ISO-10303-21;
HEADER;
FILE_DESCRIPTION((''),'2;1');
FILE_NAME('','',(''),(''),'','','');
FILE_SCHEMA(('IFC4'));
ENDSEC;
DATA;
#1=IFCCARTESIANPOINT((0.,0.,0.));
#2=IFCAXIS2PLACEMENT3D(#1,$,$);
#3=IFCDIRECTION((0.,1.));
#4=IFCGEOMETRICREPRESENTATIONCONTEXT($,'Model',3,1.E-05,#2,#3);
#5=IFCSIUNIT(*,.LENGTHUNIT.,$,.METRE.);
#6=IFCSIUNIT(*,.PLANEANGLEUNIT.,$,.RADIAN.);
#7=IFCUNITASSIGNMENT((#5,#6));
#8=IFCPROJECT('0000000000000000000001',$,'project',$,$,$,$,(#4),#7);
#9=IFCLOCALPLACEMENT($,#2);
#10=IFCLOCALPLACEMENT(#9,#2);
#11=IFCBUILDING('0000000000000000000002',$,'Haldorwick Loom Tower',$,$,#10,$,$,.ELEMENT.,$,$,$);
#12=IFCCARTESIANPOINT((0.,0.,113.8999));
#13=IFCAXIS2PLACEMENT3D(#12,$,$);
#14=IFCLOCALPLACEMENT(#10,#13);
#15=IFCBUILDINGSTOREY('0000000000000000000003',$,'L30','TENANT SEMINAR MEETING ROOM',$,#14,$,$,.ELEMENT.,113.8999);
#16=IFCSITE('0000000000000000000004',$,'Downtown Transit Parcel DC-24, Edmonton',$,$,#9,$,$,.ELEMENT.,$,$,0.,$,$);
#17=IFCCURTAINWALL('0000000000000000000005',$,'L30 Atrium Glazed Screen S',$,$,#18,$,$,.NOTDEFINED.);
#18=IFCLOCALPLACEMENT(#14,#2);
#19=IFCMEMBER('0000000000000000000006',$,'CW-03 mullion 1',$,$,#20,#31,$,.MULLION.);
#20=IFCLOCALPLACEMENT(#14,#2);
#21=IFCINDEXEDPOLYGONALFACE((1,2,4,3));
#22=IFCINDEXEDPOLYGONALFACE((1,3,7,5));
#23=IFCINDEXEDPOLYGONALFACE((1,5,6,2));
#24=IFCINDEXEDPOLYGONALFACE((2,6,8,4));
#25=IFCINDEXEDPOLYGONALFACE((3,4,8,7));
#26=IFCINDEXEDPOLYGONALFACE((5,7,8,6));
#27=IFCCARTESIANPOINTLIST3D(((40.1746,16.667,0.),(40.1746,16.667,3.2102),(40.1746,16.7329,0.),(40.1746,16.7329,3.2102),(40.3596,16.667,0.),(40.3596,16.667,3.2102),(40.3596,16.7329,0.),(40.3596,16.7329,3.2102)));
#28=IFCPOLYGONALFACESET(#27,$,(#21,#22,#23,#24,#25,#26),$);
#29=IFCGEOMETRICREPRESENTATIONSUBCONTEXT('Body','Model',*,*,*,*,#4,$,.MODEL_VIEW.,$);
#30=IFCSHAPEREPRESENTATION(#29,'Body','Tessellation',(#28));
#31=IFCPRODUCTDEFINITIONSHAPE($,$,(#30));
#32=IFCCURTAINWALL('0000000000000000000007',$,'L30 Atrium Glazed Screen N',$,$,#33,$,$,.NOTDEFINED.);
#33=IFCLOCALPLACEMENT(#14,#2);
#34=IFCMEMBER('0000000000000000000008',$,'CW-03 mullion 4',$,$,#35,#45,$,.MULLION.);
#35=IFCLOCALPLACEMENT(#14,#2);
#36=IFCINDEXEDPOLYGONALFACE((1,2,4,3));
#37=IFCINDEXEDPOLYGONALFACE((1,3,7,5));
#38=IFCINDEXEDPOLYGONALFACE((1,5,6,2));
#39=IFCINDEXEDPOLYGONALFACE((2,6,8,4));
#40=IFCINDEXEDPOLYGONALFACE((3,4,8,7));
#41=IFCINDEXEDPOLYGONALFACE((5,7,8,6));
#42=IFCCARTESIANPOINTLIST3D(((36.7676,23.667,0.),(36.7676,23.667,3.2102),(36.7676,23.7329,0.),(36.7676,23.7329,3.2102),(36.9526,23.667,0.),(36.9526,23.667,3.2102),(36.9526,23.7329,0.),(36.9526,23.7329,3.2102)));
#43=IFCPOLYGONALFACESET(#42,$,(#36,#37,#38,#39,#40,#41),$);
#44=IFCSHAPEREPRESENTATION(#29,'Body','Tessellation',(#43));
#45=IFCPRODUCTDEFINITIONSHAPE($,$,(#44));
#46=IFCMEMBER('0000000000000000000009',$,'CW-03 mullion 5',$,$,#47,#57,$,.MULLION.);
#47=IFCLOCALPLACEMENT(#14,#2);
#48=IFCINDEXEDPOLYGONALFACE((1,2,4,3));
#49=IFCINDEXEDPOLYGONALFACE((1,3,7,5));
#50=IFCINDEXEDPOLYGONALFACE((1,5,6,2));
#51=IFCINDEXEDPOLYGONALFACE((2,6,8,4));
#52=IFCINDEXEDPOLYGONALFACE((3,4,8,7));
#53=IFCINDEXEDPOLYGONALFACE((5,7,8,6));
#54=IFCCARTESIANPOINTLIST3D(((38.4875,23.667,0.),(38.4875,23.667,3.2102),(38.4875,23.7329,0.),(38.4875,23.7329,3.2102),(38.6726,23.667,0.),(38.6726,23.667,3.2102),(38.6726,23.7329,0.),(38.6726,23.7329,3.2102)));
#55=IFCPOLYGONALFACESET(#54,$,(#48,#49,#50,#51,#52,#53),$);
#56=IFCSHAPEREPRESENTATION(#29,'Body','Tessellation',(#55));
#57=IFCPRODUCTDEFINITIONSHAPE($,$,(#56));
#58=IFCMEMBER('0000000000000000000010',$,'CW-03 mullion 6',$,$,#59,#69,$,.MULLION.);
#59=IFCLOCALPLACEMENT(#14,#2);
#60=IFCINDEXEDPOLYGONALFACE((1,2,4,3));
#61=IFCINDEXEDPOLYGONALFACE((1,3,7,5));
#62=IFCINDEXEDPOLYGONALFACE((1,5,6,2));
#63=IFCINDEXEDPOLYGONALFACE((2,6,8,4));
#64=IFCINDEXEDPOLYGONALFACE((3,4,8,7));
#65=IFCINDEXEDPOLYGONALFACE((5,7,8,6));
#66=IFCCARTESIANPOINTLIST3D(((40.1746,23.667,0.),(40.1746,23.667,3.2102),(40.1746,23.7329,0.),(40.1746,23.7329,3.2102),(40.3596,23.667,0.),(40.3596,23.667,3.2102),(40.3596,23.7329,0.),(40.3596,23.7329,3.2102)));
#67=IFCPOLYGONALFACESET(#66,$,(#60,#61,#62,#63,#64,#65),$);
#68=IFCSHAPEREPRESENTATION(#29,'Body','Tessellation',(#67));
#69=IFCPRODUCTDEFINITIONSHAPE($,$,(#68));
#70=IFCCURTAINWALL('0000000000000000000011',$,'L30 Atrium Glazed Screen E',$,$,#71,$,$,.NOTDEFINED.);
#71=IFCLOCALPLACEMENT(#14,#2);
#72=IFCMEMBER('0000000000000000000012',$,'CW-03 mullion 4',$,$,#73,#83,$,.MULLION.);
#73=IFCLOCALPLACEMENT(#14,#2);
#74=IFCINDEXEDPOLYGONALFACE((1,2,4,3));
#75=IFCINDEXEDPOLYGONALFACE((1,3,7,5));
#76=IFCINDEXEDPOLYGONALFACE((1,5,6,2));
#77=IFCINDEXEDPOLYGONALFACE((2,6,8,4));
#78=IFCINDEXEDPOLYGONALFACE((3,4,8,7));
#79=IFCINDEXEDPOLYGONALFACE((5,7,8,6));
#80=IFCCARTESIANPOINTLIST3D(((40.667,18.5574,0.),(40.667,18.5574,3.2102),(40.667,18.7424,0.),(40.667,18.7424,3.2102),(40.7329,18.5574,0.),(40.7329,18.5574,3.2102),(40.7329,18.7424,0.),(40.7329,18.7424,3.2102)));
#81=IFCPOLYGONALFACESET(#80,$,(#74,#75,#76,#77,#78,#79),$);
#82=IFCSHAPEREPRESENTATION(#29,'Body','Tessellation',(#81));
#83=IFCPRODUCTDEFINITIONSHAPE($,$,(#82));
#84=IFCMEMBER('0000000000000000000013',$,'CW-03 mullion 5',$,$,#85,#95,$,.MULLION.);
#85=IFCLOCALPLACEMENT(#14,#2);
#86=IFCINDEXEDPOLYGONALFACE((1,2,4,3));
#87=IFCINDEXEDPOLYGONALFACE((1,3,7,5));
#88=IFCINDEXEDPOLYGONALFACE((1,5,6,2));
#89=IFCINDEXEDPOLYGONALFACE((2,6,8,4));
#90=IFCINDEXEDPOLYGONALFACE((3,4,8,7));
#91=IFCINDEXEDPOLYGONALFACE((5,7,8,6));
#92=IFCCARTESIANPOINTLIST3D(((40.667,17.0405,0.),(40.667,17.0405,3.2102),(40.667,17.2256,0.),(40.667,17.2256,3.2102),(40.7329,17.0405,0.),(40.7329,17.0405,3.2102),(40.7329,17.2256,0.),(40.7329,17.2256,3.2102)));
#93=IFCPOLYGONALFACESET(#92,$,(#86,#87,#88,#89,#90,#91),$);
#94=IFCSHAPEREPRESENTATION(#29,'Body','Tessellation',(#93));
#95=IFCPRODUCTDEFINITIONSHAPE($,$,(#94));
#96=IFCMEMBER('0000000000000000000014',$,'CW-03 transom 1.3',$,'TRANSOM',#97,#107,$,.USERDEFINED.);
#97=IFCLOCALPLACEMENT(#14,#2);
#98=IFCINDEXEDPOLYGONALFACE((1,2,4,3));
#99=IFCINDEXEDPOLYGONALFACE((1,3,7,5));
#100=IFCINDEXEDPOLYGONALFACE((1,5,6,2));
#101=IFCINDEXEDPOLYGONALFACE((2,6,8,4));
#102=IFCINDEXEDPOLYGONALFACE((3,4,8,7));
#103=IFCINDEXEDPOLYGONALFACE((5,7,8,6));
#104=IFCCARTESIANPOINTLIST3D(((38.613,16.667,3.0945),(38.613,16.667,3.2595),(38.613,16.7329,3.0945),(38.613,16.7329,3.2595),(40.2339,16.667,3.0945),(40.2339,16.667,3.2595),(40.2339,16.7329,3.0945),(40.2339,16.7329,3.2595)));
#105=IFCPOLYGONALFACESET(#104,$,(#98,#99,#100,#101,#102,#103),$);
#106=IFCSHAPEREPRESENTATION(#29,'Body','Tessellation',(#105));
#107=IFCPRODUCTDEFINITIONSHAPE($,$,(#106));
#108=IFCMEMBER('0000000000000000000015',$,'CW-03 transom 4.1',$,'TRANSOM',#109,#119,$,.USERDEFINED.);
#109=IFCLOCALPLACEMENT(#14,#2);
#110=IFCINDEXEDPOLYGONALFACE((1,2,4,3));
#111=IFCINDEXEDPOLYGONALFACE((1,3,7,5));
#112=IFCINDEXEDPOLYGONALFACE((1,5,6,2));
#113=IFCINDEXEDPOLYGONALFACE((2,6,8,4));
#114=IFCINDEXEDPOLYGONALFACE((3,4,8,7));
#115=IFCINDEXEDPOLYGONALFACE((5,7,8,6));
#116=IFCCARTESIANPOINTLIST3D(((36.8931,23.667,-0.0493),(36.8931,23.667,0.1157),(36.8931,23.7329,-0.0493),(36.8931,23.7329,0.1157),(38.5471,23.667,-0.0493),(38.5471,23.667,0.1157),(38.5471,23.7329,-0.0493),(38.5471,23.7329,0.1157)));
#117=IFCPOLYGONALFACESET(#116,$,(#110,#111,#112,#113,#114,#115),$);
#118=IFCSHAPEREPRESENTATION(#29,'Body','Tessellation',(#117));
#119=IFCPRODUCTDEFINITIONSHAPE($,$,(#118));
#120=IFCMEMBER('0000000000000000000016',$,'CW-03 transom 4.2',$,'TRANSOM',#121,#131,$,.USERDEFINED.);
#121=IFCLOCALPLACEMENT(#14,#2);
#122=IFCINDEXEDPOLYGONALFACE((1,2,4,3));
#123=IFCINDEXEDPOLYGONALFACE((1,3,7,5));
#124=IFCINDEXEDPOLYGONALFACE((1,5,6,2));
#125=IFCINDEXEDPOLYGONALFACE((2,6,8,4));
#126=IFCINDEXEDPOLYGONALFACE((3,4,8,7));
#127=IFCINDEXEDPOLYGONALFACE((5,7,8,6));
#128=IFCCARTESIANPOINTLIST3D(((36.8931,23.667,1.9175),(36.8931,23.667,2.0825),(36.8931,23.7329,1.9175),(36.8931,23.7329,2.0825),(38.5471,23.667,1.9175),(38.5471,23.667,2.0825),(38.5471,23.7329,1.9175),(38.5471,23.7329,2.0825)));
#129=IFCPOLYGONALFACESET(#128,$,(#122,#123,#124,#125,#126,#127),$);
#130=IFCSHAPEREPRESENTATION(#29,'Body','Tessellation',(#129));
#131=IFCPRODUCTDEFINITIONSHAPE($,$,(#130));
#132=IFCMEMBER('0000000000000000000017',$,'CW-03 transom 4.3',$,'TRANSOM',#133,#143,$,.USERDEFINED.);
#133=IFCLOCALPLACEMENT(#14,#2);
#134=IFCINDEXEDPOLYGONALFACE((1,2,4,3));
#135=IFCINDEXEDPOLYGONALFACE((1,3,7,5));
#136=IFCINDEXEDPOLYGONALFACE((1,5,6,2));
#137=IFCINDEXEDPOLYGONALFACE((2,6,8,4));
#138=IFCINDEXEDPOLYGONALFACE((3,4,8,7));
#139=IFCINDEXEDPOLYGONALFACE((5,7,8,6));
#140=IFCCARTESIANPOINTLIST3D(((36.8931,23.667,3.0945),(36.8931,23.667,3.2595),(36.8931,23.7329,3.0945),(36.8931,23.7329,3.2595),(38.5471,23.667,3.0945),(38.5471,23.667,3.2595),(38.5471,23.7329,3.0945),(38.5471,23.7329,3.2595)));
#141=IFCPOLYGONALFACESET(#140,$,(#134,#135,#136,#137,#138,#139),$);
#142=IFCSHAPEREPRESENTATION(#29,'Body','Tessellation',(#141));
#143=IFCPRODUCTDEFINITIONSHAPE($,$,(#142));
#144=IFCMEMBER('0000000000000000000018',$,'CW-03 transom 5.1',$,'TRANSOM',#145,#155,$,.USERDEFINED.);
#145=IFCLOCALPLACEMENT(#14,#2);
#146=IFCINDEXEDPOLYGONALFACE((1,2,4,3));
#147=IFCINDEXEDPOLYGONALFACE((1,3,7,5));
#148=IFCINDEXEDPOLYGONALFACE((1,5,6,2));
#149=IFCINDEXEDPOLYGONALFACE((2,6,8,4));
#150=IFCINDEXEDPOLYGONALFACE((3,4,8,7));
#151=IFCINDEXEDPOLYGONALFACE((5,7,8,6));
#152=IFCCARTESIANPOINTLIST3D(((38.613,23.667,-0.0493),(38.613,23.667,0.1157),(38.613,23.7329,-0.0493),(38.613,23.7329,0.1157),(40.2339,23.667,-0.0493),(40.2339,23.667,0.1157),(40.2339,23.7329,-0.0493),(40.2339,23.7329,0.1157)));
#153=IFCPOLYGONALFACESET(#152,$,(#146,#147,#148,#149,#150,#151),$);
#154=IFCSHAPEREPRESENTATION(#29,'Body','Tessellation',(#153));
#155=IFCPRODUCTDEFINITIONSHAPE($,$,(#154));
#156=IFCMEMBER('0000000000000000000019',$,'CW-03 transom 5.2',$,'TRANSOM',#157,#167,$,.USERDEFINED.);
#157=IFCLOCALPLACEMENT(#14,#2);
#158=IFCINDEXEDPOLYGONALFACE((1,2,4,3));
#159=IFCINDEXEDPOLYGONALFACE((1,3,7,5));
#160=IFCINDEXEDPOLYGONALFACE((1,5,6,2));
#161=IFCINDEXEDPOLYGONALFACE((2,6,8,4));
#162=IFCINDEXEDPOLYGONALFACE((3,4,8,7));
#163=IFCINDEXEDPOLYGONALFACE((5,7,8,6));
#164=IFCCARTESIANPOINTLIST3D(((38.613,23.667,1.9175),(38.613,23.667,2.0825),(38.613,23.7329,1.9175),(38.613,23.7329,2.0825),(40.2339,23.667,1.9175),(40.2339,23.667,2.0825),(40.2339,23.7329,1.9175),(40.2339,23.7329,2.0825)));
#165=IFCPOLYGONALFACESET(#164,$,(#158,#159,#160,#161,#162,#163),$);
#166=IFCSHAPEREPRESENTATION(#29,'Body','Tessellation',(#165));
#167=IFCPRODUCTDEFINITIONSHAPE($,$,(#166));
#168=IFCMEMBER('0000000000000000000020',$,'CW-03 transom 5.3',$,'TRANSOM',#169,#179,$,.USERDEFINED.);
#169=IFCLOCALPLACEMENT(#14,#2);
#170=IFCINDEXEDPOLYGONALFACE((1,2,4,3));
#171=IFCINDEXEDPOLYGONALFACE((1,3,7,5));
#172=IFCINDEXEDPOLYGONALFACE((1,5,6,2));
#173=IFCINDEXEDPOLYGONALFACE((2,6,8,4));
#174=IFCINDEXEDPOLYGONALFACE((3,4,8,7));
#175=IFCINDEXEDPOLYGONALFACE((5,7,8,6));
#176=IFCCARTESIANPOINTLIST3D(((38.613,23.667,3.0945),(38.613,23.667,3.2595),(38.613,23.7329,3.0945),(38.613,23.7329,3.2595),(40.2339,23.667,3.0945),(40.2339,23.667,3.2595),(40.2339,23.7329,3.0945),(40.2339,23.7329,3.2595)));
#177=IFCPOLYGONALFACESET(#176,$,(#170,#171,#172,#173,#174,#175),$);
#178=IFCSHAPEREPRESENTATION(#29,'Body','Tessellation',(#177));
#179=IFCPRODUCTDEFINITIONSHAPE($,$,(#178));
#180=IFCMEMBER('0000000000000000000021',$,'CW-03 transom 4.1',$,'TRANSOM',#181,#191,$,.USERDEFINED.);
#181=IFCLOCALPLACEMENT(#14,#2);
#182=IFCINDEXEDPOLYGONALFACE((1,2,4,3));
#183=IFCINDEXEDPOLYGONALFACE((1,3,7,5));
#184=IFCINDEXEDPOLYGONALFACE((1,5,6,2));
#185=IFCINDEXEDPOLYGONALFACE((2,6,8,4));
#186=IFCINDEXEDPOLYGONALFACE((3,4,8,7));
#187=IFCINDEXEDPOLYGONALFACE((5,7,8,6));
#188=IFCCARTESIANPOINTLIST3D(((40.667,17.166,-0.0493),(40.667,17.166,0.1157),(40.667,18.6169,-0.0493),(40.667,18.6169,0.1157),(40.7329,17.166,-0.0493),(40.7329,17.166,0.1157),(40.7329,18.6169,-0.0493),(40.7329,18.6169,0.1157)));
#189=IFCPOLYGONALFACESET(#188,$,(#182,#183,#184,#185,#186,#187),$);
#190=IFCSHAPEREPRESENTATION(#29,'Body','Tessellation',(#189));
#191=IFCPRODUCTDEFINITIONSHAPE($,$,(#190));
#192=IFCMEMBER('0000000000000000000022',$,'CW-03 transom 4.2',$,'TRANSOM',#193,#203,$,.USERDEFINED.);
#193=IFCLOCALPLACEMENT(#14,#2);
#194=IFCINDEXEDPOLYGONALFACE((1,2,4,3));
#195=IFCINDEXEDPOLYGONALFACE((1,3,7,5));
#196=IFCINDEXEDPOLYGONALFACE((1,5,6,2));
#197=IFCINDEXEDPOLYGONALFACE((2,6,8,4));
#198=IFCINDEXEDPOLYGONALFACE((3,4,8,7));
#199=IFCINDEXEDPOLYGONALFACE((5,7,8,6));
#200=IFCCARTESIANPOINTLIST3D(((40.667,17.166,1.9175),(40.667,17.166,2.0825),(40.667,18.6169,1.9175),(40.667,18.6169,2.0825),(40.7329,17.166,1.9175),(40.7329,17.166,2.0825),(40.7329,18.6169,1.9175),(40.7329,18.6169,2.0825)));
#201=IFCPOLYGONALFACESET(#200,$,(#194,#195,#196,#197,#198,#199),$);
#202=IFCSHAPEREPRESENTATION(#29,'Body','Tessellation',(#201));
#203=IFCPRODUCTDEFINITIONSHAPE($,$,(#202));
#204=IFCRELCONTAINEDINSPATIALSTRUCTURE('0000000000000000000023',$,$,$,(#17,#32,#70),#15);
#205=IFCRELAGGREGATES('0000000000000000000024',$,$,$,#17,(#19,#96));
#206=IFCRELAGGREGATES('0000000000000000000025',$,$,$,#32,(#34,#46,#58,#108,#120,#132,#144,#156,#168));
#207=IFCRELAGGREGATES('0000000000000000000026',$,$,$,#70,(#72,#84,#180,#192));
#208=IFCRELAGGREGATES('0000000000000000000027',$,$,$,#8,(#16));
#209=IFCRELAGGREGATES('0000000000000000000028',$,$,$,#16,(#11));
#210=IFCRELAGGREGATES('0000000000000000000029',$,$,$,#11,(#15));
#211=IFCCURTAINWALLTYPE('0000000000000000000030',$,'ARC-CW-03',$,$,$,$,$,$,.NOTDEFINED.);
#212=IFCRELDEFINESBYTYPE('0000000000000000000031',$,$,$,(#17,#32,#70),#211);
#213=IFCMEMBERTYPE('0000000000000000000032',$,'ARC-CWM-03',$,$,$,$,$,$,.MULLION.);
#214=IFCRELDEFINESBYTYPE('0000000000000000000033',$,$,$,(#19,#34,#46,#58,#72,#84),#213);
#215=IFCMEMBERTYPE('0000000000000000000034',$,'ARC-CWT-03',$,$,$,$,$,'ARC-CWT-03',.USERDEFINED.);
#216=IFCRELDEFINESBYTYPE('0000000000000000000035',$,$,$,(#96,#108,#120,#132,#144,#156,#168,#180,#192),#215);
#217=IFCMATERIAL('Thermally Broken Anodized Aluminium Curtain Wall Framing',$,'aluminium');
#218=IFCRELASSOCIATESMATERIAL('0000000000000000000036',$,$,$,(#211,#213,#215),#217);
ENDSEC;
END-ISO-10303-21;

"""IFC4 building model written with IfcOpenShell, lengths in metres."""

from ifc_helpers import new_model, si_unit, direction, frame, origin, origin_2d, place, context, subcontext, project, spatial, rectangle, extrude, material, material_profile, profile_set, type_object, element, aggregate, save


model = new_model("IFC4")

# Units and contexts
model_context = context("Model", 3, precision=1e-05, world=origin(), true_north=direction((0.0, 1.0)))
body_context = subcontext(model_context, "Body", "Model", "MODEL_VIEW")
ifc_project = project(units=[si_unit("LENGTHUNIT", "METRE"), si_unit("PLANEANGLEUNIT", "RADIAN")], contexts=[model_context])

# Site, building, storey
site_placement = place(None, origin())
site = spatial("IfcSite", under=ifc_project, at=site_placement, Name="Downtown Transit Parcel DC-24, Edmonton", CompositionType="ELEMENT", RefElevation=0.0)
building_placement = place(site_placement, origin())
building = spatial("IfcBuilding", under=site, at=building_placement, Name="Haldorwick Loom Tower", CompositionType="ELEMENT")
storey_placement = place(building_placement, frame((0.0, 0.0, 113.8999)))
storey = spatial("IfcBuildingStorey", under=building, at=storey_placement, Name="L30", Description="TENANT SEMINAR MEETING ROOM", CompositionType="ELEMENT", Elevation=113.8999)

# Curtain wall, member
ifc_material_1 = material(Name="Thermally Broken Anodized Aluminium Curtain Wall Framing", Category="aluminium")
curtain_wall_type = type_object("IfcCurtainWallType", Name="ARC-CW-03", PredefinedType="NOTDEFINED", material=ifc_material_1)
curtain_wall_1_placement = place(storey_placement, origin())
curtain_wall_1 = element("IfcCurtainWall", 1, at=curtain_wall_1_placement, inside=storey, type_object=curtain_wall_type, Name="L30 Atrium Glazed Screen S", PredefinedType="NOTDEFINED")
ifc_material_profile_1 = material_profile(ifc_material_1, rectangle(XDim=0.0659, YDim=0.1851, at=origin_2d()), Name="ALU_MUL_66X185", Category="aluminium")
ifc_profile_set_1 = profile_set([ifc_material_profile_1], Name="Thermally Broken Anodized Aluminium Curtain Wall Framing")
member_type_1 = type_object("IfcMemberType", Name="ARC-CWM-03", PredefinedType="MULLION", material=ifc_profile_set_1)
member_1_placement = place(storey_placement, frame((40.2671, 16.7, 0.0), z_axis=(0.0, 0.0, 1.0), x_axis=(0.0, -1.0, 0.0)))
member_1 = element("IfcMember", 2, at=member_1_placement, type_object=member_type_1, Name="CW-03 mullion 1", PredefinedType="MULLION", context=body_context, shape_type="SweptSolid", body=[
    extrude(rectangle(XDim=0.0659, YDim=0.1851, at=origin_2d()), origin(), (0.0, 0.0, 1.0), 3.2102),
])

# Curtain walls, members
curtain_wall_2_placement = place(storey_placement, origin())
curtain_wall_2 = element("IfcCurtainWall", 3, at=curtain_wall_2_placement, inside=storey, type_object=curtain_wall_type, Name="L30 Atrium Glazed Screen N", PredefinedType="NOTDEFINED")
member_2_placement = place(storey_placement, frame((36.8601, 23.7, 0.0), z_axis=(0.0, 0.0, 1.0), x_axis=(0.0, 1.0, 0.0)))
member_2 = element("IfcMember", 4, at=member_2_placement, type_object=member_type_1, Name="CW-03 mullion 4", PredefinedType="MULLION", context=body_context, shape_type="SweptSolid", body=[
    extrude(rectangle(XDim=0.0659, YDim=0.1851, at=origin_2d()), origin(), (0.0, 0.0, 1.0), 3.2102),
])
member_3_placement = place(storey_placement, frame((38.5801, 23.7, 0.0), z_axis=(0.0, 0.0, 1.0), x_axis=(0.0, 1.0, 0.0)))
member_3 = element("IfcMember", 5, at=member_3_placement, type_object=member_type_1, Name="CW-03 mullion 5", PredefinedType="MULLION", context=body_context, shape_type="SweptSolid", body=[
    extrude(rectangle(XDim=0.0659, YDim=0.1851, at=origin_2d()), origin(), (0.0, 0.0, 1.0), 3.2102),
])
member_4_placement = place(storey_placement, frame((40.2671, 23.7, 0.0), z_axis=(0.0, 0.0, 1.0), x_axis=(0.0, 1.0, 0.0)))
member_4 = element("IfcMember", 6, at=member_4_placement, type_object=member_type_1, Name="CW-03 mullion 6", PredefinedType="MULLION", context=body_context, shape_type="SweptSolid", body=[
    extrude(rectangle(XDim=0.0659, YDim=0.1851, at=origin_2d()), origin(), (0.0, 0.0, 1.0), 3.2102),
])
curtain_wall_3_placement = place(storey_placement, origin())
curtain_wall_3 = element("IfcCurtainWall", 7, at=curtain_wall_3_placement, inside=storey, type_object=curtain_wall_type, Name="L30 Atrium Glazed Screen E", PredefinedType="NOTDEFINED")
member_5_placement = place(storey_placement, frame((40.7, 18.6499, 0.0), z_axis=(0.0, 0.0, 1.0), x_axis=(1.0, 0.0, 0.0)))
member_5 = element("IfcMember", 8, at=member_5_placement, type_object=member_type_1, Name="CW-03 mullion 4", PredefinedType="MULLION", context=body_context, shape_type="SweptSolid", body=[
    extrude(rectangle(XDim=0.0659, YDim=0.1851, at=origin_2d()), origin(), (0.0, 0.0, 1.0), 3.2102),
])
member_6_placement = place(storey_placement, frame((40.7, 17.1331, 0.0), z_axis=(0.0, 0.0, 1.0), x_axis=(1.0, 0.0, 0.0)))
member_6 = element("IfcMember", 9, at=member_6_placement, type_object=member_type_1, Name="CW-03 mullion 5", PredefinedType="MULLION", context=body_context, shape_type="SweptSolid", body=[
    extrude(rectangle(XDim=0.0659, YDim=0.1851, at=origin_2d()), origin(), (0.0, 0.0, 1.0), 3.2102),
])

# Members
ifc_material_profile_2 = material_profile(ifc_material_1, rectangle(XDim=0.0659, YDim=0.165, at=origin_2d()), Name="ALU_TRN_66X165", Category="aluminium")
ifc_profile_set_2 = profile_set([ifc_material_profile_2], Name="Thermally Broken Anodized Aluminium Curtain Wall Framing")
member_type_2 = type_object("IfcMemberType", Name="ARC-CWT-03", ElementType="ARC-CWT-03", PredefinedType="USERDEFINED", material=ifc_profile_set_2)
member_7_placement = place(storey_placement, frame((40.2339, 16.7, 3.177), z_axis=(-1.0, 0.0, 0.0), x_axis=(0.0, -1.0, 0.0)))
member_7 = element("IfcMember", 10, at=member_7_placement, type_object=member_type_2, Name="CW-03 transom 1.3", ObjectType="TRANSOM", PredefinedType="USERDEFINED", context=body_context, shape_type="SweptSolid", body=[
    extrude(rectangle(XDim=0.0659, YDim=0.165, at=origin_2d()), origin(), (0.0, 0.0, 1.0), 1.6208),
])
aggregate(curtain_wall_1, [member_1, member_7])
member_8_placement = place(storey_placement, frame((36.8931, 23.7, 0.0332), z_axis=(1.0, 0.0, 0.0), x_axis=(0.0, 1.0, 0.0)))
member_8 = element("IfcMember", 11, at=member_8_placement, type_object=member_type_2, Name="CW-03 transom 4.1", ObjectType="TRANSOM", PredefinedType="USERDEFINED", context=body_context, shape_type="SweptSolid", body=[
    extrude(rectangle(XDim=0.0659, YDim=0.165, at=origin_2d()), origin(), (0.0, 0.0, 1.0), 1.6541),
])
member_9_placement = place(storey_placement, frame((36.8931, 23.7, 2.0), z_axis=(1.0, 0.0, 0.0), x_axis=(0.0, 1.0, 0.0)))
member_9 = element("IfcMember", 12, at=member_9_placement, type_object=member_type_2, Name="CW-03 transom 4.2", ObjectType="TRANSOM", PredefinedType="USERDEFINED", context=body_context, shape_type="SweptSolid", body=[
    extrude(rectangle(XDim=0.0659, YDim=0.165, at=origin_2d()), origin(), (0.0, 0.0, 1.0), 1.6541),
])
member_10_placement = place(storey_placement, frame((36.8931, 23.7, 3.177), z_axis=(1.0, 0.0, 0.0), x_axis=(0.0, 1.0, 0.0)))
member_10 = element("IfcMember", 13, at=member_10_placement, type_object=member_type_2, Name="CW-03 transom 4.3", ObjectType="TRANSOM", PredefinedType="USERDEFINED", context=body_context, shape_type="SweptSolid", body=[
    extrude(rectangle(XDim=0.0659, YDim=0.165, at=origin_2d()), origin(), (0.0, 0.0, 1.0), 1.6541),
])
member_11_placement = place(storey_placement, frame((38.613, 23.7, 0.0332), z_axis=(1.0, 0.0, 0.0), x_axis=(0.0, 1.0, 0.0)))
member_11 = element("IfcMember", 14, at=member_11_placement, type_object=member_type_2, Name="CW-03 transom 5.1", ObjectType="TRANSOM", PredefinedType="USERDEFINED", context=body_context, shape_type="SweptSolid", body=[
    extrude(rectangle(XDim=0.0659, YDim=0.165, at=origin_2d()), origin(), (0.0, 0.0, 1.0), 1.6208),
])
member_12_placement = place(storey_placement, frame((38.613, 23.7, 2.0), z_axis=(1.0, 0.0, 0.0), x_axis=(0.0, 1.0, 0.0)))
member_12 = element("IfcMember", 15, at=member_12_placement, type_object=member_type_2, Name="CW-03 transom 5.2", ObjectType="TRANSOM", PredefinedType="USERDEFINED", context=body_context, shape_type="SweptSolid", body=[
    extrude(rectangle(XDim=0.0659, YDim=0.165, at=origin_2d()), origin(), (0.0, 0.0, 1.0), 1.6208),
])
member_13_placement = place(storey_placement, frame((38.613, 23.7, 3.177), z_axis=(1.0, 0.0, 0.0), x_axis=(0.0, 1.0, 0.0)))
member_13 = element("IfcMember", 16, at=member_13_placement, type_object=member_type_2, Name="CW-03 transom 5.3", ObjectType="TRANSOM", PredefinedType="USERDEFINED", context=body_context, shape_type="SweptSolid", body=[
    extrude(rectangle(XDim=0.0659, YDim=0.165, at=origin_2d()), origin(), (0.0, 0.0, 1.0), 1.6208),
])
member_14_placement = place(storey_placement, frame((40.7, 18.6169, 0.0332), z_axis=(0.0, -1.0, 0.0), x_axis=(1.0, 0.0, 0.0)))
member_14 = element("IfcMember", 17, at=member_14_placement, type_object=member_type_2, Name="CW-03 transom 4.1", ObjectType="TRANSOM", PredefinedType="USERDEFINED", context=body_context, shape_type="SweptSolid", body=[
    extrude(rectangle(XDim=0.0659, YDim=0.165, at=origin_2d()), origin(), (0.0, 0.0, 1.0), 1.4509),
])
member_15_placement = place(storey_placement, frame((40.7, 18.6169, 2.0), z_axis=(0.0, -1.0, 0.0), x_axis=(1.0, 0.0, 0.0)))
member_15 = element("IfcMember", 18, at=member_15_placement, type_object=member_type_2, Name="CW-03 transom 4.2", ObjectType="TRANSOM", PredefinedType="USERDEFINED", context=body_context, shape_type="SweptSolid", body=[
    extrude(rectangle(XDim=0.0659, YDim=0.165, at=origin_2d()), origin(), (0.0, 0.0, 1.0), 1.4509),
])

aggregate(curtain_wall_2, [member_2, member_3, member_4, member_8, member_9, member_10, member_11, member_12, member_13])
aggregate(curtain_wall_3, [member_5, member_6, member_14, member_15])

save(model, "model.ifc")
